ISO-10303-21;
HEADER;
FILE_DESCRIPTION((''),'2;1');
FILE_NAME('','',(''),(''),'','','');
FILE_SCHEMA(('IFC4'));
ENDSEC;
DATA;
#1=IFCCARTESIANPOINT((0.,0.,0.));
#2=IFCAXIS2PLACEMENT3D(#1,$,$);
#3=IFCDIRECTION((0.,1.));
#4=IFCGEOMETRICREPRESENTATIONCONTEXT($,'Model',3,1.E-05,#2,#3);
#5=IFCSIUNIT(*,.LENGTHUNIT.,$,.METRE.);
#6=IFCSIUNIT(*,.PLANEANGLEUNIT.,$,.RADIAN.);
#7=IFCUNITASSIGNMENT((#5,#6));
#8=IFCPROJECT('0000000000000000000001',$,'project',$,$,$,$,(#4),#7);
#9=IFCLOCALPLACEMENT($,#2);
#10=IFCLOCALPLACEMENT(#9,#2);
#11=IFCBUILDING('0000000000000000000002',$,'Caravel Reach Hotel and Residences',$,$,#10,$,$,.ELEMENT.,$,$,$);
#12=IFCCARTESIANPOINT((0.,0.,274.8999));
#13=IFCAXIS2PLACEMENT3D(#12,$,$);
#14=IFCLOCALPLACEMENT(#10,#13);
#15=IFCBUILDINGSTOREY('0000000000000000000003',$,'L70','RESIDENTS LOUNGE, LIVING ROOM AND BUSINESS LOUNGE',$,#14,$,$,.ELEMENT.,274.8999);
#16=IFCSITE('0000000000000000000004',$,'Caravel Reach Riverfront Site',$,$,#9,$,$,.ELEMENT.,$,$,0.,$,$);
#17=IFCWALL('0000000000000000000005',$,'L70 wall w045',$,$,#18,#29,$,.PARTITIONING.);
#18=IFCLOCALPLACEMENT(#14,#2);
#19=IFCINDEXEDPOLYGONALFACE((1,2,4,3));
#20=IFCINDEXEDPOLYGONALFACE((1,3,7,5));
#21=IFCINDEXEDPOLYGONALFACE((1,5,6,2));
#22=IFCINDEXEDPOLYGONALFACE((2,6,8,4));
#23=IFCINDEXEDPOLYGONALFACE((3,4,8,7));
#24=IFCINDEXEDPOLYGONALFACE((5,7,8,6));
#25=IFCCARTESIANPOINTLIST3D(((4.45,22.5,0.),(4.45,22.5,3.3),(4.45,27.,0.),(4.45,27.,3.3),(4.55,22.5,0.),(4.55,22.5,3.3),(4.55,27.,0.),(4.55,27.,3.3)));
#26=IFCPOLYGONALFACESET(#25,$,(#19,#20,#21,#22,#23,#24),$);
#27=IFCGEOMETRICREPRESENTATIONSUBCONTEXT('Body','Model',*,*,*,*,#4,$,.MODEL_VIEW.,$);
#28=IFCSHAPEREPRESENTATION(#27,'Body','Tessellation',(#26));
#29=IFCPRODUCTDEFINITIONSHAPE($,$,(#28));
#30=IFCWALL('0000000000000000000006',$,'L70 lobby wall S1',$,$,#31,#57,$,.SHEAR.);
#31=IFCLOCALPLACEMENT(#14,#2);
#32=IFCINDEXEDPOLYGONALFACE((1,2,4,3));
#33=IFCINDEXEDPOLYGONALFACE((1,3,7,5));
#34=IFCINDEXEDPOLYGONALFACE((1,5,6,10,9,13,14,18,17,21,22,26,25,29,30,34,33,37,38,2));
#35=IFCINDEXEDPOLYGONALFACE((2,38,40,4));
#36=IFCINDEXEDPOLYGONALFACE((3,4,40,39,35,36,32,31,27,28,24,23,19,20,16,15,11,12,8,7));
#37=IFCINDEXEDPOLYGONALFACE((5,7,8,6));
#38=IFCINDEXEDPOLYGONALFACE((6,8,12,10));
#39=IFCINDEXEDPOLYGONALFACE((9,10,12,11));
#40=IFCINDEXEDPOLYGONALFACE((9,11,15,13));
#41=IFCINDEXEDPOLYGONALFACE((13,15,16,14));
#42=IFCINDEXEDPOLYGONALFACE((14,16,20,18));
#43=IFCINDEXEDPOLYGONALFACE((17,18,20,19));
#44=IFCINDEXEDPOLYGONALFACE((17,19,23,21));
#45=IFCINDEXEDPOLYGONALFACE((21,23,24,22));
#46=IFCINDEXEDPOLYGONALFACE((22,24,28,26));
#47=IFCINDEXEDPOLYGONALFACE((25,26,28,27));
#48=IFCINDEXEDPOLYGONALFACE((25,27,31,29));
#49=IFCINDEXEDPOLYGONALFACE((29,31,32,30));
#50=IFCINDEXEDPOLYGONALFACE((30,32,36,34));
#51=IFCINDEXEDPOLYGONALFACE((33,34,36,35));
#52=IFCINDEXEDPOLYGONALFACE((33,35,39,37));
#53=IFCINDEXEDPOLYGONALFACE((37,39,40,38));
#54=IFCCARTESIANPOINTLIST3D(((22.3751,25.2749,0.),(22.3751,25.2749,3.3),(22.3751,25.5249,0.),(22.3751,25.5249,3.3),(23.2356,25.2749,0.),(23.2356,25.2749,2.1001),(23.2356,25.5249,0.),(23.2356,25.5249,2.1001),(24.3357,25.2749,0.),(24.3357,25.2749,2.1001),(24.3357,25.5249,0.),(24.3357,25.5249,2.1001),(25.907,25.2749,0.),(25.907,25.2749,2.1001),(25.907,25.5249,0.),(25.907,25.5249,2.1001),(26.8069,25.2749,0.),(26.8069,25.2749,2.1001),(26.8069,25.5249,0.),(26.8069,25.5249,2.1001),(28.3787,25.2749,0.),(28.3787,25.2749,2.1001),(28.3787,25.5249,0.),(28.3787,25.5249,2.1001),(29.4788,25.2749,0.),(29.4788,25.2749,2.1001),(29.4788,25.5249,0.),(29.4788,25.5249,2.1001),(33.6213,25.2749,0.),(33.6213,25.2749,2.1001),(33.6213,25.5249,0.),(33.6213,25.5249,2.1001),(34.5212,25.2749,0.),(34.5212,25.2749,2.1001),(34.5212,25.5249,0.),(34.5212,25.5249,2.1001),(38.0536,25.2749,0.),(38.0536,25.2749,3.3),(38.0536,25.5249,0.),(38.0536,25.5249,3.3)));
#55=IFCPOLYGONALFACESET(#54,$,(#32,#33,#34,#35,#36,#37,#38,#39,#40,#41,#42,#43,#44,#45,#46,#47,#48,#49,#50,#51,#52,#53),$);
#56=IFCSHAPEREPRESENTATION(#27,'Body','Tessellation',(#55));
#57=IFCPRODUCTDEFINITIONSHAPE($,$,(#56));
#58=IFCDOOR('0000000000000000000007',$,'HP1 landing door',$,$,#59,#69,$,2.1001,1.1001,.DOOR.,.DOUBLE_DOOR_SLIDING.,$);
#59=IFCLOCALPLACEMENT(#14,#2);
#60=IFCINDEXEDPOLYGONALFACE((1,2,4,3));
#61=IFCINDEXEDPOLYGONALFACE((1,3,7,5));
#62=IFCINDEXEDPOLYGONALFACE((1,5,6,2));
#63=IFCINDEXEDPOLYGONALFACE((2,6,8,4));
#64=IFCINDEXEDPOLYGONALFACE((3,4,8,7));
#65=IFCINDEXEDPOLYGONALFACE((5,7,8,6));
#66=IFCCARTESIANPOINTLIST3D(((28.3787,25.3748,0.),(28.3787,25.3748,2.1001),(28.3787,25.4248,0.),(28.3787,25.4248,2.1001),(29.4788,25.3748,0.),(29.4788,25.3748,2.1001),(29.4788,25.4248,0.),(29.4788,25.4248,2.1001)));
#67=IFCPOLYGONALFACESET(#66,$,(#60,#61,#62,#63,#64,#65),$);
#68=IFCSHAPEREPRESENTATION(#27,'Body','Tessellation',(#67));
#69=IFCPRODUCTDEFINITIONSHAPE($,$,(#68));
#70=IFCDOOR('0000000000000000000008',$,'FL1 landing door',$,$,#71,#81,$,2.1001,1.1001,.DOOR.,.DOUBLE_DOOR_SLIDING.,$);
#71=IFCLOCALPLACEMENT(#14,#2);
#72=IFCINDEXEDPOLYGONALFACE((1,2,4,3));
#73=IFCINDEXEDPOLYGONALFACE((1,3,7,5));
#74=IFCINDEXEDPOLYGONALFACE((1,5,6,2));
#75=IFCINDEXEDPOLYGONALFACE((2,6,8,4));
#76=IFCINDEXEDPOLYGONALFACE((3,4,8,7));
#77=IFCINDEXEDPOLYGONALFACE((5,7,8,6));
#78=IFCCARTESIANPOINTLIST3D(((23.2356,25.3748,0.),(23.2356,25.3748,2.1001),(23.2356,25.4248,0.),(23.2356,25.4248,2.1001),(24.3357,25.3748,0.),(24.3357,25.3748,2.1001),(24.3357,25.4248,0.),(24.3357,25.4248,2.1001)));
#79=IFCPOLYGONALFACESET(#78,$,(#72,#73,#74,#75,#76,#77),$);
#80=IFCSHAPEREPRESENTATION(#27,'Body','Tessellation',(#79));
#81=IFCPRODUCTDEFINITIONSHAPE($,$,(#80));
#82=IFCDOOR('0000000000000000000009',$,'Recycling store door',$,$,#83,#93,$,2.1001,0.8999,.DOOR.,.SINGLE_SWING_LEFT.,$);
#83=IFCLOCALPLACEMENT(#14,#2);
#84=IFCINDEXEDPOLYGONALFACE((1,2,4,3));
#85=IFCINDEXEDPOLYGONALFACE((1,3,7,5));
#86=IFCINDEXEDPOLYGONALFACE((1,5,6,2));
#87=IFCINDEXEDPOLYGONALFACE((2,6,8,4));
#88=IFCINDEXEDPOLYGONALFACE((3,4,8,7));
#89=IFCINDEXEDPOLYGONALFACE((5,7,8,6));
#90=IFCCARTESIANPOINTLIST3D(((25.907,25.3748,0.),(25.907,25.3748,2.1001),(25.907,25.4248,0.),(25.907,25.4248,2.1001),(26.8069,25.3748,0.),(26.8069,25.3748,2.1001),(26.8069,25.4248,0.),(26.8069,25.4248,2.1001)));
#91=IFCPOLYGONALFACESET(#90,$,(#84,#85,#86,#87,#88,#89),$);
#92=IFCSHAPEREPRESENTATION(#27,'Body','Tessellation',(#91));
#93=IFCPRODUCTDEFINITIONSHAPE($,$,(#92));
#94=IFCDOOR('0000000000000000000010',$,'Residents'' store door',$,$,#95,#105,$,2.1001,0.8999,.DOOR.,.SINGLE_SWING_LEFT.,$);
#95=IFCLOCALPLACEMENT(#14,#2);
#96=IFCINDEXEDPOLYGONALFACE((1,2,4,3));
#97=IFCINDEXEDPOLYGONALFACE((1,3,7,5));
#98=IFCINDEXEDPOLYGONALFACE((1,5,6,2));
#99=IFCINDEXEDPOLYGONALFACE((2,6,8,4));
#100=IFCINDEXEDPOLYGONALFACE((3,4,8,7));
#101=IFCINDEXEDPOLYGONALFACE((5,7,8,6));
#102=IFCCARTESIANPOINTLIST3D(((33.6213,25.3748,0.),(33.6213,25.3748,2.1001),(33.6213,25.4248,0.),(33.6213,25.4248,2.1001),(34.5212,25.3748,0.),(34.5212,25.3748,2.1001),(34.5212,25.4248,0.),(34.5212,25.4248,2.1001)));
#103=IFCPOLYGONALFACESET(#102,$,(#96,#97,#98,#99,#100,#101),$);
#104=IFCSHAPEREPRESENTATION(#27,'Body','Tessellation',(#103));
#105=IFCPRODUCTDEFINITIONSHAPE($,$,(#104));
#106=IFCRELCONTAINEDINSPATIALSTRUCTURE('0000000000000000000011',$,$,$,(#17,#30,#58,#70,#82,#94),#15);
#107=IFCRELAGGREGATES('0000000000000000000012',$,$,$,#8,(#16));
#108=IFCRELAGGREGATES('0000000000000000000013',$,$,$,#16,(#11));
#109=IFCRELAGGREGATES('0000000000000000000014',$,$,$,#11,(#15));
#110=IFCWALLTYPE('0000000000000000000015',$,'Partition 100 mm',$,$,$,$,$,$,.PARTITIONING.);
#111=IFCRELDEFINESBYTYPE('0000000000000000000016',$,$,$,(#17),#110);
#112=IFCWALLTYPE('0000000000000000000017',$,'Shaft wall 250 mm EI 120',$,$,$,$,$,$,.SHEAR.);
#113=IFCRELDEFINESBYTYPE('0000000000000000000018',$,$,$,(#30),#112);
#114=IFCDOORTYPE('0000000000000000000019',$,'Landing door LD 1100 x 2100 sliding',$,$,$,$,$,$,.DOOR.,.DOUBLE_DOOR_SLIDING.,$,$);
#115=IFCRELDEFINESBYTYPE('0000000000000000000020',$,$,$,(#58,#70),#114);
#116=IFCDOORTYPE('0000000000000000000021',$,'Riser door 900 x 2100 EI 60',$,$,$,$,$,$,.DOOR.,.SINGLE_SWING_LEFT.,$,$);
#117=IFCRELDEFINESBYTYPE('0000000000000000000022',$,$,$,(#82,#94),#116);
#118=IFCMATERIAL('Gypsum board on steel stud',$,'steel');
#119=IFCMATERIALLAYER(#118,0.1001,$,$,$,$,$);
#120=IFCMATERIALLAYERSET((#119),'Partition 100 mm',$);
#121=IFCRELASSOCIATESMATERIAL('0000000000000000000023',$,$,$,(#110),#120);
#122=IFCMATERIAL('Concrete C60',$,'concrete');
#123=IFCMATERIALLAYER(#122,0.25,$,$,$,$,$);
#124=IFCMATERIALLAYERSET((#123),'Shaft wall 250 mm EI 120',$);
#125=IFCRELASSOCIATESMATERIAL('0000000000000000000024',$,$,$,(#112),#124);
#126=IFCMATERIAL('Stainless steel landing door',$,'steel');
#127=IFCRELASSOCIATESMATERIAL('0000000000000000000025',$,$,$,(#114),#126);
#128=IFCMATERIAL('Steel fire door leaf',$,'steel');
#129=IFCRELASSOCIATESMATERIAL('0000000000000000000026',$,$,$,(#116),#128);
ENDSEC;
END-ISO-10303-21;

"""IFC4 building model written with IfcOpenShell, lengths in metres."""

from ifc_helpers import new_model, si_unit, direction, frame, frame_2d, origin, place, context, subcontext, project, spatial, rectangle, extrude, material, layer, layer_set, type_object, element, fill, save


model = new_model("IFC4")

# Units and contexts
model_context = context("Model", 3, precision=1e-05, world=origin(), true_north=direction((0.0, 1.0)))
body_context = subcontext(model_context, "Body", "Model", "MODEL_VIEW")
ifc_project = project(units=[si_unit("LENGTHUNIT", "METRE"), si_unit("PLANEANGLEUNIT", "RADIAN")], contexts=[model_context])

# Site, building, storey
site_placement = place(None, origin())
site = spatial("IfcSite", under=ifc_project, at=site_placement, Name="Caravel Reach Riverfront Site", CompositionType="ELEMENT", RefElevation=0.0)
building_placement = place(site_placement, origin())
building = spatial("IfcBuilding", under=site, at=building_placement, Name="Caravel Reach Hotel and Residences", CompositionType="ELEMENT")
storey_placement = place(building_placement, frame((0.0, 0.0, 274.8999)))
storey = spatial("IfcBuildingStorey", under=building, at=storey_placement, Name="L70", Description="RESIDENTS LOUNGE, LIVING ROOM AND BUSINESS LOUNGE", CompositionType="ELEMENT", Elevation=274.8999)

# Wall
ifc_material_1 = material(Name="Gypsum board on steel stud", Category="steel")
ifc_layer_1 = layer(ifc_material_1, 0.1001)
ifc_layer_set_1 = layer_set([ifc_layer_1], Name="Partition 100 mm")
wall_type_1 = type_object("IfcWallType", Name="Partition 100 mm", PredefinedType="PARTITIONING", material=ifc_layer_set_1)
wall_1_placement = place(storey_placement, frame((4.5, 22.5, 0.0), z_axis=(0.0, 0.0, 1.0), x_axis=(0.0, 1.0, 0.0)))
element("IfcWall", 1, at=wall_1_placement, inside=storey, type_object=wall_type_1, Name="L70 wall w045", PredefinedType="PARTITIONING", context=body_context, shape_type="SweptSolid", body=[
    extrude(rectangle(XDim=4.5, YDim=0.1001, at=frame_2d((2.25, 0.0))), origin(), (0.0, 0.0, 1.0), 3.3),
])

# Wall, openings, doors
ifc_material_2 = material(Name="Concrete C60", Category="concrete")
ifc_layer_2 = layer(ifc_material_2, 0.25)
ifc_layer_set_2 = layer_set([ifc_layer_2], Name="Shaft wall 250 mm EI 120")
wall_type_2 = type_object("IfcWallType", Name="Shaft wall 250 mm EI 120", PredefinedType="SHEAR", material=ifc_layer_set_2)
wall_2_placement = place(storey_placement, frame((22.375, 25.3999, 0.0), z_axis=(0.0, 0.0, 1.0), x_axis=(1.0, 0.0, 0.0)))
wall_2 = element("IfcWall", 2, at=wall_2_placement, inside=storey, type_object=wall_type_2, Name="L70 lobby wall S1", PredefinedType="SHEAR", context=body_context, shape_type="SweptSolid", body=[
    extrude(rectangle(XDim=15.6785, YDim=0.25, at=frame_2d((7.8394, 0.0))), origin(), (0.0, 0.0, 1.0), 3.3),
])
opening_1_placement = place(wall_2_placement, frame((6.0037, 0.0, 0.0)))
opening_1 = element("IfcOpeningElement", 3, at=opening_1_placement, cuts=wall_2, PredefinedType="OPENING", context=body_context, shape_type="SweptSolid", body=[
    extrude(rectangle(XDim=1.1001, YDim=2.1001, at=frame_2d((0.55, 1.05))), frame((0.0, 0.135, 0.0), z_axis=(0.0, -1.0, 0.0), x_axis=(1.0, 0.0, 0.0)), (0.0, 0.0, 1.0), 0.27),
])
opening_2_placement = place(wall_2_placement, frame((0.8606, 0.0, 0.0)))
opening_2 = element("IfcOpeningElement", 4, at=opening_2_placement, cuts=wall_2, PredefinedType="OPENING", context=body_context, shape_type="SweptSolid", body=[
    extrude(rectangle(XDim=1.1001, YDim=2.1001, at=frame_2d((0.55, 1.05))), frame((0.0, 0.135, 0.0), z_axis=(0.0, -1.0, 0.0), x_axis=(1.0, 0.0, 0.0)), (0.0, 0.0, 1.0), 0.27),
])
opening_3_placement = place(wall_2_placement, frame((3.532, 0.0, 0.0)))
opening_3 = element("IfcOpeningElement", 5, at=opening_3_placement, cuts=wall_2, PredefinedType="OPENING", context=body_context, shape_type="SweptSolid", body=[
    extrude(rectangle(XDim=0.8999, YDim=2.1001, at=frame_2d((0.45, 1.05))), frame((0.0, 0.135, 0.0), z_axis=(0.0, -1.0, 0.0), x_axis=(1.0, 0.0, 0.0)), (0.0, 0.0, 1.0), 0.27),
])
opening_4_placement = place(wall_2_placement, frame((11.2463, 0.0, 0.0)))
opening_4 = element("IfcOpeningElement", 6, at=opening_4_placement, cuts=wall_2, PredefinedType="OPENING", context=body_context, shape_type="SweptSolid", body=[
    extrude(rectangle(XDim=0.8999, YDim=2.1001, at=frame_2d((0.45, 1.05))), frame((0.0, 0.135, 0.0), z_axis=(0.0, -1.0, 0.0), x_axis=(1.0, 0.0, 0.0)), (0.0, 0.0, 1.0), 0.27),
])
ifc_material_3 = material(Name="Stainless steel landing door", Category="steel")
door_type_1 = type_object("IfcDoorType", Name="Landing door LD 1100 x 2100 sliding", OperationType="DOUBLE_DOOR_SLIDING", PredefinedType="DOOR", material=ifc_material_3)
door_1_placement = place(opening_1_placement, origin())
door_1 = element("IfcDoor", 7, at=door_1_placement, inside=storey, type_object=door_type_1, Name="HP1 landing door", OperationType="DOUBLE_DOOR_SLIDING", OverallHeight=2.1001, OverallWidth=1.1001, PredefinedType="DOOR", context=body_context, shape_type="SweptSolid", body=[
    extrude(rectangle(XDim=1.1001, YDim=2.1001, at=frame_2d((0.55, 1.05))), frame((0.0, 0.0249, 0.0), z_axis=(0.0, -1.0, 0.0), x_axis=(1.0, 0.0, 0.0)), (0.0, 0.0, 1.0), 0.05),
])
fill(opening_1, door_1)
door_2_placement = place(opening_2_placement, origin())
door_2 = element("IfcDoor", 8, at=door_2_placement, inside=storey, type_object=door_type_1, Name="FL1 landing door", OperationType="DOUBLE_DOOR_SLIDING", OverallHeight=2.1001, OverallWidth=1.1001, PredefinedType="DOOR", context=body_context, shape_type="SweptSolid", body=[
    extrude(rectangle(XDim=1.1001, YDim=2.1001, at=frame_2d((0.55, 1.05))), frame((0.0, 0.0249, 0.0), z_axis=(0.0, -1.0, 0.0), x_axis=(1.0, 0.0, 0.0)), (0.0, 0.0, 1.0), 0.05),
])
fill(opening_2, door_2)
ifc_material_4 = material(Name="Steel fire door leaf", Category="steel")
door_type_2 = type_object("IfcDoorType", Name="Riser door 900 x 2100 EI 60", OperationType="SINGLE_SWING_LEFT", PredefinedType="DOOR", material=ifc_material_4)
door_3_placement = place(opening_3_placement, origin())
door_3 = element("IfcDoor", 9, at=door_3_placement, inside=storey, type_object=door_type_2, Name="Recycling store door", OperationType="SINGLE_SWING_LEFT", OverallHeight=2.1001, OverallWidth=0.8999, PredefinedType="DOOR", context=body_context, shape_type="SweptSolid", body=[
    extrude(rectangle(XDim=0.8999, YDim=2.1001, at=frame_2d((0.45, 1.05))), frame((0.0, 0.0249, 0.0), z_axis=(0.0, -1.0, 0.0), x_axis=(1.0, 0.0, 0.0)), (0.0, 0.0, 1.0), 0.05),
])
fill(opening_3, door_3)
door_4_placement = place(opening_4_placement, origin())
door_4 = element("IfcDoor", 10, at=door_4_placement, inside=storey, type_object=door_type_2, Name="Residents' store door", OperationType="SINGLE_SWING_LEFT", OverallHeight=2.1001, OverallWidth=0.8999, PredefinedType="DOOR", context=body_context, shape_type="SweptSolid", body=[
    extrude(rectangle(XDim=0.8999, YDim=2.1001, at=frame_2d((0.45, 1.05))), frame((0.0, 0.0249, 0.0), z_axis=(0.0, -1.0, 0.0), x_axis=(1.0, 0.0, 0.0)), (0.0, 0.0, 1.0), 0.05),
])
fill(opening_4, door_4)

save(model, "model.ifc")
